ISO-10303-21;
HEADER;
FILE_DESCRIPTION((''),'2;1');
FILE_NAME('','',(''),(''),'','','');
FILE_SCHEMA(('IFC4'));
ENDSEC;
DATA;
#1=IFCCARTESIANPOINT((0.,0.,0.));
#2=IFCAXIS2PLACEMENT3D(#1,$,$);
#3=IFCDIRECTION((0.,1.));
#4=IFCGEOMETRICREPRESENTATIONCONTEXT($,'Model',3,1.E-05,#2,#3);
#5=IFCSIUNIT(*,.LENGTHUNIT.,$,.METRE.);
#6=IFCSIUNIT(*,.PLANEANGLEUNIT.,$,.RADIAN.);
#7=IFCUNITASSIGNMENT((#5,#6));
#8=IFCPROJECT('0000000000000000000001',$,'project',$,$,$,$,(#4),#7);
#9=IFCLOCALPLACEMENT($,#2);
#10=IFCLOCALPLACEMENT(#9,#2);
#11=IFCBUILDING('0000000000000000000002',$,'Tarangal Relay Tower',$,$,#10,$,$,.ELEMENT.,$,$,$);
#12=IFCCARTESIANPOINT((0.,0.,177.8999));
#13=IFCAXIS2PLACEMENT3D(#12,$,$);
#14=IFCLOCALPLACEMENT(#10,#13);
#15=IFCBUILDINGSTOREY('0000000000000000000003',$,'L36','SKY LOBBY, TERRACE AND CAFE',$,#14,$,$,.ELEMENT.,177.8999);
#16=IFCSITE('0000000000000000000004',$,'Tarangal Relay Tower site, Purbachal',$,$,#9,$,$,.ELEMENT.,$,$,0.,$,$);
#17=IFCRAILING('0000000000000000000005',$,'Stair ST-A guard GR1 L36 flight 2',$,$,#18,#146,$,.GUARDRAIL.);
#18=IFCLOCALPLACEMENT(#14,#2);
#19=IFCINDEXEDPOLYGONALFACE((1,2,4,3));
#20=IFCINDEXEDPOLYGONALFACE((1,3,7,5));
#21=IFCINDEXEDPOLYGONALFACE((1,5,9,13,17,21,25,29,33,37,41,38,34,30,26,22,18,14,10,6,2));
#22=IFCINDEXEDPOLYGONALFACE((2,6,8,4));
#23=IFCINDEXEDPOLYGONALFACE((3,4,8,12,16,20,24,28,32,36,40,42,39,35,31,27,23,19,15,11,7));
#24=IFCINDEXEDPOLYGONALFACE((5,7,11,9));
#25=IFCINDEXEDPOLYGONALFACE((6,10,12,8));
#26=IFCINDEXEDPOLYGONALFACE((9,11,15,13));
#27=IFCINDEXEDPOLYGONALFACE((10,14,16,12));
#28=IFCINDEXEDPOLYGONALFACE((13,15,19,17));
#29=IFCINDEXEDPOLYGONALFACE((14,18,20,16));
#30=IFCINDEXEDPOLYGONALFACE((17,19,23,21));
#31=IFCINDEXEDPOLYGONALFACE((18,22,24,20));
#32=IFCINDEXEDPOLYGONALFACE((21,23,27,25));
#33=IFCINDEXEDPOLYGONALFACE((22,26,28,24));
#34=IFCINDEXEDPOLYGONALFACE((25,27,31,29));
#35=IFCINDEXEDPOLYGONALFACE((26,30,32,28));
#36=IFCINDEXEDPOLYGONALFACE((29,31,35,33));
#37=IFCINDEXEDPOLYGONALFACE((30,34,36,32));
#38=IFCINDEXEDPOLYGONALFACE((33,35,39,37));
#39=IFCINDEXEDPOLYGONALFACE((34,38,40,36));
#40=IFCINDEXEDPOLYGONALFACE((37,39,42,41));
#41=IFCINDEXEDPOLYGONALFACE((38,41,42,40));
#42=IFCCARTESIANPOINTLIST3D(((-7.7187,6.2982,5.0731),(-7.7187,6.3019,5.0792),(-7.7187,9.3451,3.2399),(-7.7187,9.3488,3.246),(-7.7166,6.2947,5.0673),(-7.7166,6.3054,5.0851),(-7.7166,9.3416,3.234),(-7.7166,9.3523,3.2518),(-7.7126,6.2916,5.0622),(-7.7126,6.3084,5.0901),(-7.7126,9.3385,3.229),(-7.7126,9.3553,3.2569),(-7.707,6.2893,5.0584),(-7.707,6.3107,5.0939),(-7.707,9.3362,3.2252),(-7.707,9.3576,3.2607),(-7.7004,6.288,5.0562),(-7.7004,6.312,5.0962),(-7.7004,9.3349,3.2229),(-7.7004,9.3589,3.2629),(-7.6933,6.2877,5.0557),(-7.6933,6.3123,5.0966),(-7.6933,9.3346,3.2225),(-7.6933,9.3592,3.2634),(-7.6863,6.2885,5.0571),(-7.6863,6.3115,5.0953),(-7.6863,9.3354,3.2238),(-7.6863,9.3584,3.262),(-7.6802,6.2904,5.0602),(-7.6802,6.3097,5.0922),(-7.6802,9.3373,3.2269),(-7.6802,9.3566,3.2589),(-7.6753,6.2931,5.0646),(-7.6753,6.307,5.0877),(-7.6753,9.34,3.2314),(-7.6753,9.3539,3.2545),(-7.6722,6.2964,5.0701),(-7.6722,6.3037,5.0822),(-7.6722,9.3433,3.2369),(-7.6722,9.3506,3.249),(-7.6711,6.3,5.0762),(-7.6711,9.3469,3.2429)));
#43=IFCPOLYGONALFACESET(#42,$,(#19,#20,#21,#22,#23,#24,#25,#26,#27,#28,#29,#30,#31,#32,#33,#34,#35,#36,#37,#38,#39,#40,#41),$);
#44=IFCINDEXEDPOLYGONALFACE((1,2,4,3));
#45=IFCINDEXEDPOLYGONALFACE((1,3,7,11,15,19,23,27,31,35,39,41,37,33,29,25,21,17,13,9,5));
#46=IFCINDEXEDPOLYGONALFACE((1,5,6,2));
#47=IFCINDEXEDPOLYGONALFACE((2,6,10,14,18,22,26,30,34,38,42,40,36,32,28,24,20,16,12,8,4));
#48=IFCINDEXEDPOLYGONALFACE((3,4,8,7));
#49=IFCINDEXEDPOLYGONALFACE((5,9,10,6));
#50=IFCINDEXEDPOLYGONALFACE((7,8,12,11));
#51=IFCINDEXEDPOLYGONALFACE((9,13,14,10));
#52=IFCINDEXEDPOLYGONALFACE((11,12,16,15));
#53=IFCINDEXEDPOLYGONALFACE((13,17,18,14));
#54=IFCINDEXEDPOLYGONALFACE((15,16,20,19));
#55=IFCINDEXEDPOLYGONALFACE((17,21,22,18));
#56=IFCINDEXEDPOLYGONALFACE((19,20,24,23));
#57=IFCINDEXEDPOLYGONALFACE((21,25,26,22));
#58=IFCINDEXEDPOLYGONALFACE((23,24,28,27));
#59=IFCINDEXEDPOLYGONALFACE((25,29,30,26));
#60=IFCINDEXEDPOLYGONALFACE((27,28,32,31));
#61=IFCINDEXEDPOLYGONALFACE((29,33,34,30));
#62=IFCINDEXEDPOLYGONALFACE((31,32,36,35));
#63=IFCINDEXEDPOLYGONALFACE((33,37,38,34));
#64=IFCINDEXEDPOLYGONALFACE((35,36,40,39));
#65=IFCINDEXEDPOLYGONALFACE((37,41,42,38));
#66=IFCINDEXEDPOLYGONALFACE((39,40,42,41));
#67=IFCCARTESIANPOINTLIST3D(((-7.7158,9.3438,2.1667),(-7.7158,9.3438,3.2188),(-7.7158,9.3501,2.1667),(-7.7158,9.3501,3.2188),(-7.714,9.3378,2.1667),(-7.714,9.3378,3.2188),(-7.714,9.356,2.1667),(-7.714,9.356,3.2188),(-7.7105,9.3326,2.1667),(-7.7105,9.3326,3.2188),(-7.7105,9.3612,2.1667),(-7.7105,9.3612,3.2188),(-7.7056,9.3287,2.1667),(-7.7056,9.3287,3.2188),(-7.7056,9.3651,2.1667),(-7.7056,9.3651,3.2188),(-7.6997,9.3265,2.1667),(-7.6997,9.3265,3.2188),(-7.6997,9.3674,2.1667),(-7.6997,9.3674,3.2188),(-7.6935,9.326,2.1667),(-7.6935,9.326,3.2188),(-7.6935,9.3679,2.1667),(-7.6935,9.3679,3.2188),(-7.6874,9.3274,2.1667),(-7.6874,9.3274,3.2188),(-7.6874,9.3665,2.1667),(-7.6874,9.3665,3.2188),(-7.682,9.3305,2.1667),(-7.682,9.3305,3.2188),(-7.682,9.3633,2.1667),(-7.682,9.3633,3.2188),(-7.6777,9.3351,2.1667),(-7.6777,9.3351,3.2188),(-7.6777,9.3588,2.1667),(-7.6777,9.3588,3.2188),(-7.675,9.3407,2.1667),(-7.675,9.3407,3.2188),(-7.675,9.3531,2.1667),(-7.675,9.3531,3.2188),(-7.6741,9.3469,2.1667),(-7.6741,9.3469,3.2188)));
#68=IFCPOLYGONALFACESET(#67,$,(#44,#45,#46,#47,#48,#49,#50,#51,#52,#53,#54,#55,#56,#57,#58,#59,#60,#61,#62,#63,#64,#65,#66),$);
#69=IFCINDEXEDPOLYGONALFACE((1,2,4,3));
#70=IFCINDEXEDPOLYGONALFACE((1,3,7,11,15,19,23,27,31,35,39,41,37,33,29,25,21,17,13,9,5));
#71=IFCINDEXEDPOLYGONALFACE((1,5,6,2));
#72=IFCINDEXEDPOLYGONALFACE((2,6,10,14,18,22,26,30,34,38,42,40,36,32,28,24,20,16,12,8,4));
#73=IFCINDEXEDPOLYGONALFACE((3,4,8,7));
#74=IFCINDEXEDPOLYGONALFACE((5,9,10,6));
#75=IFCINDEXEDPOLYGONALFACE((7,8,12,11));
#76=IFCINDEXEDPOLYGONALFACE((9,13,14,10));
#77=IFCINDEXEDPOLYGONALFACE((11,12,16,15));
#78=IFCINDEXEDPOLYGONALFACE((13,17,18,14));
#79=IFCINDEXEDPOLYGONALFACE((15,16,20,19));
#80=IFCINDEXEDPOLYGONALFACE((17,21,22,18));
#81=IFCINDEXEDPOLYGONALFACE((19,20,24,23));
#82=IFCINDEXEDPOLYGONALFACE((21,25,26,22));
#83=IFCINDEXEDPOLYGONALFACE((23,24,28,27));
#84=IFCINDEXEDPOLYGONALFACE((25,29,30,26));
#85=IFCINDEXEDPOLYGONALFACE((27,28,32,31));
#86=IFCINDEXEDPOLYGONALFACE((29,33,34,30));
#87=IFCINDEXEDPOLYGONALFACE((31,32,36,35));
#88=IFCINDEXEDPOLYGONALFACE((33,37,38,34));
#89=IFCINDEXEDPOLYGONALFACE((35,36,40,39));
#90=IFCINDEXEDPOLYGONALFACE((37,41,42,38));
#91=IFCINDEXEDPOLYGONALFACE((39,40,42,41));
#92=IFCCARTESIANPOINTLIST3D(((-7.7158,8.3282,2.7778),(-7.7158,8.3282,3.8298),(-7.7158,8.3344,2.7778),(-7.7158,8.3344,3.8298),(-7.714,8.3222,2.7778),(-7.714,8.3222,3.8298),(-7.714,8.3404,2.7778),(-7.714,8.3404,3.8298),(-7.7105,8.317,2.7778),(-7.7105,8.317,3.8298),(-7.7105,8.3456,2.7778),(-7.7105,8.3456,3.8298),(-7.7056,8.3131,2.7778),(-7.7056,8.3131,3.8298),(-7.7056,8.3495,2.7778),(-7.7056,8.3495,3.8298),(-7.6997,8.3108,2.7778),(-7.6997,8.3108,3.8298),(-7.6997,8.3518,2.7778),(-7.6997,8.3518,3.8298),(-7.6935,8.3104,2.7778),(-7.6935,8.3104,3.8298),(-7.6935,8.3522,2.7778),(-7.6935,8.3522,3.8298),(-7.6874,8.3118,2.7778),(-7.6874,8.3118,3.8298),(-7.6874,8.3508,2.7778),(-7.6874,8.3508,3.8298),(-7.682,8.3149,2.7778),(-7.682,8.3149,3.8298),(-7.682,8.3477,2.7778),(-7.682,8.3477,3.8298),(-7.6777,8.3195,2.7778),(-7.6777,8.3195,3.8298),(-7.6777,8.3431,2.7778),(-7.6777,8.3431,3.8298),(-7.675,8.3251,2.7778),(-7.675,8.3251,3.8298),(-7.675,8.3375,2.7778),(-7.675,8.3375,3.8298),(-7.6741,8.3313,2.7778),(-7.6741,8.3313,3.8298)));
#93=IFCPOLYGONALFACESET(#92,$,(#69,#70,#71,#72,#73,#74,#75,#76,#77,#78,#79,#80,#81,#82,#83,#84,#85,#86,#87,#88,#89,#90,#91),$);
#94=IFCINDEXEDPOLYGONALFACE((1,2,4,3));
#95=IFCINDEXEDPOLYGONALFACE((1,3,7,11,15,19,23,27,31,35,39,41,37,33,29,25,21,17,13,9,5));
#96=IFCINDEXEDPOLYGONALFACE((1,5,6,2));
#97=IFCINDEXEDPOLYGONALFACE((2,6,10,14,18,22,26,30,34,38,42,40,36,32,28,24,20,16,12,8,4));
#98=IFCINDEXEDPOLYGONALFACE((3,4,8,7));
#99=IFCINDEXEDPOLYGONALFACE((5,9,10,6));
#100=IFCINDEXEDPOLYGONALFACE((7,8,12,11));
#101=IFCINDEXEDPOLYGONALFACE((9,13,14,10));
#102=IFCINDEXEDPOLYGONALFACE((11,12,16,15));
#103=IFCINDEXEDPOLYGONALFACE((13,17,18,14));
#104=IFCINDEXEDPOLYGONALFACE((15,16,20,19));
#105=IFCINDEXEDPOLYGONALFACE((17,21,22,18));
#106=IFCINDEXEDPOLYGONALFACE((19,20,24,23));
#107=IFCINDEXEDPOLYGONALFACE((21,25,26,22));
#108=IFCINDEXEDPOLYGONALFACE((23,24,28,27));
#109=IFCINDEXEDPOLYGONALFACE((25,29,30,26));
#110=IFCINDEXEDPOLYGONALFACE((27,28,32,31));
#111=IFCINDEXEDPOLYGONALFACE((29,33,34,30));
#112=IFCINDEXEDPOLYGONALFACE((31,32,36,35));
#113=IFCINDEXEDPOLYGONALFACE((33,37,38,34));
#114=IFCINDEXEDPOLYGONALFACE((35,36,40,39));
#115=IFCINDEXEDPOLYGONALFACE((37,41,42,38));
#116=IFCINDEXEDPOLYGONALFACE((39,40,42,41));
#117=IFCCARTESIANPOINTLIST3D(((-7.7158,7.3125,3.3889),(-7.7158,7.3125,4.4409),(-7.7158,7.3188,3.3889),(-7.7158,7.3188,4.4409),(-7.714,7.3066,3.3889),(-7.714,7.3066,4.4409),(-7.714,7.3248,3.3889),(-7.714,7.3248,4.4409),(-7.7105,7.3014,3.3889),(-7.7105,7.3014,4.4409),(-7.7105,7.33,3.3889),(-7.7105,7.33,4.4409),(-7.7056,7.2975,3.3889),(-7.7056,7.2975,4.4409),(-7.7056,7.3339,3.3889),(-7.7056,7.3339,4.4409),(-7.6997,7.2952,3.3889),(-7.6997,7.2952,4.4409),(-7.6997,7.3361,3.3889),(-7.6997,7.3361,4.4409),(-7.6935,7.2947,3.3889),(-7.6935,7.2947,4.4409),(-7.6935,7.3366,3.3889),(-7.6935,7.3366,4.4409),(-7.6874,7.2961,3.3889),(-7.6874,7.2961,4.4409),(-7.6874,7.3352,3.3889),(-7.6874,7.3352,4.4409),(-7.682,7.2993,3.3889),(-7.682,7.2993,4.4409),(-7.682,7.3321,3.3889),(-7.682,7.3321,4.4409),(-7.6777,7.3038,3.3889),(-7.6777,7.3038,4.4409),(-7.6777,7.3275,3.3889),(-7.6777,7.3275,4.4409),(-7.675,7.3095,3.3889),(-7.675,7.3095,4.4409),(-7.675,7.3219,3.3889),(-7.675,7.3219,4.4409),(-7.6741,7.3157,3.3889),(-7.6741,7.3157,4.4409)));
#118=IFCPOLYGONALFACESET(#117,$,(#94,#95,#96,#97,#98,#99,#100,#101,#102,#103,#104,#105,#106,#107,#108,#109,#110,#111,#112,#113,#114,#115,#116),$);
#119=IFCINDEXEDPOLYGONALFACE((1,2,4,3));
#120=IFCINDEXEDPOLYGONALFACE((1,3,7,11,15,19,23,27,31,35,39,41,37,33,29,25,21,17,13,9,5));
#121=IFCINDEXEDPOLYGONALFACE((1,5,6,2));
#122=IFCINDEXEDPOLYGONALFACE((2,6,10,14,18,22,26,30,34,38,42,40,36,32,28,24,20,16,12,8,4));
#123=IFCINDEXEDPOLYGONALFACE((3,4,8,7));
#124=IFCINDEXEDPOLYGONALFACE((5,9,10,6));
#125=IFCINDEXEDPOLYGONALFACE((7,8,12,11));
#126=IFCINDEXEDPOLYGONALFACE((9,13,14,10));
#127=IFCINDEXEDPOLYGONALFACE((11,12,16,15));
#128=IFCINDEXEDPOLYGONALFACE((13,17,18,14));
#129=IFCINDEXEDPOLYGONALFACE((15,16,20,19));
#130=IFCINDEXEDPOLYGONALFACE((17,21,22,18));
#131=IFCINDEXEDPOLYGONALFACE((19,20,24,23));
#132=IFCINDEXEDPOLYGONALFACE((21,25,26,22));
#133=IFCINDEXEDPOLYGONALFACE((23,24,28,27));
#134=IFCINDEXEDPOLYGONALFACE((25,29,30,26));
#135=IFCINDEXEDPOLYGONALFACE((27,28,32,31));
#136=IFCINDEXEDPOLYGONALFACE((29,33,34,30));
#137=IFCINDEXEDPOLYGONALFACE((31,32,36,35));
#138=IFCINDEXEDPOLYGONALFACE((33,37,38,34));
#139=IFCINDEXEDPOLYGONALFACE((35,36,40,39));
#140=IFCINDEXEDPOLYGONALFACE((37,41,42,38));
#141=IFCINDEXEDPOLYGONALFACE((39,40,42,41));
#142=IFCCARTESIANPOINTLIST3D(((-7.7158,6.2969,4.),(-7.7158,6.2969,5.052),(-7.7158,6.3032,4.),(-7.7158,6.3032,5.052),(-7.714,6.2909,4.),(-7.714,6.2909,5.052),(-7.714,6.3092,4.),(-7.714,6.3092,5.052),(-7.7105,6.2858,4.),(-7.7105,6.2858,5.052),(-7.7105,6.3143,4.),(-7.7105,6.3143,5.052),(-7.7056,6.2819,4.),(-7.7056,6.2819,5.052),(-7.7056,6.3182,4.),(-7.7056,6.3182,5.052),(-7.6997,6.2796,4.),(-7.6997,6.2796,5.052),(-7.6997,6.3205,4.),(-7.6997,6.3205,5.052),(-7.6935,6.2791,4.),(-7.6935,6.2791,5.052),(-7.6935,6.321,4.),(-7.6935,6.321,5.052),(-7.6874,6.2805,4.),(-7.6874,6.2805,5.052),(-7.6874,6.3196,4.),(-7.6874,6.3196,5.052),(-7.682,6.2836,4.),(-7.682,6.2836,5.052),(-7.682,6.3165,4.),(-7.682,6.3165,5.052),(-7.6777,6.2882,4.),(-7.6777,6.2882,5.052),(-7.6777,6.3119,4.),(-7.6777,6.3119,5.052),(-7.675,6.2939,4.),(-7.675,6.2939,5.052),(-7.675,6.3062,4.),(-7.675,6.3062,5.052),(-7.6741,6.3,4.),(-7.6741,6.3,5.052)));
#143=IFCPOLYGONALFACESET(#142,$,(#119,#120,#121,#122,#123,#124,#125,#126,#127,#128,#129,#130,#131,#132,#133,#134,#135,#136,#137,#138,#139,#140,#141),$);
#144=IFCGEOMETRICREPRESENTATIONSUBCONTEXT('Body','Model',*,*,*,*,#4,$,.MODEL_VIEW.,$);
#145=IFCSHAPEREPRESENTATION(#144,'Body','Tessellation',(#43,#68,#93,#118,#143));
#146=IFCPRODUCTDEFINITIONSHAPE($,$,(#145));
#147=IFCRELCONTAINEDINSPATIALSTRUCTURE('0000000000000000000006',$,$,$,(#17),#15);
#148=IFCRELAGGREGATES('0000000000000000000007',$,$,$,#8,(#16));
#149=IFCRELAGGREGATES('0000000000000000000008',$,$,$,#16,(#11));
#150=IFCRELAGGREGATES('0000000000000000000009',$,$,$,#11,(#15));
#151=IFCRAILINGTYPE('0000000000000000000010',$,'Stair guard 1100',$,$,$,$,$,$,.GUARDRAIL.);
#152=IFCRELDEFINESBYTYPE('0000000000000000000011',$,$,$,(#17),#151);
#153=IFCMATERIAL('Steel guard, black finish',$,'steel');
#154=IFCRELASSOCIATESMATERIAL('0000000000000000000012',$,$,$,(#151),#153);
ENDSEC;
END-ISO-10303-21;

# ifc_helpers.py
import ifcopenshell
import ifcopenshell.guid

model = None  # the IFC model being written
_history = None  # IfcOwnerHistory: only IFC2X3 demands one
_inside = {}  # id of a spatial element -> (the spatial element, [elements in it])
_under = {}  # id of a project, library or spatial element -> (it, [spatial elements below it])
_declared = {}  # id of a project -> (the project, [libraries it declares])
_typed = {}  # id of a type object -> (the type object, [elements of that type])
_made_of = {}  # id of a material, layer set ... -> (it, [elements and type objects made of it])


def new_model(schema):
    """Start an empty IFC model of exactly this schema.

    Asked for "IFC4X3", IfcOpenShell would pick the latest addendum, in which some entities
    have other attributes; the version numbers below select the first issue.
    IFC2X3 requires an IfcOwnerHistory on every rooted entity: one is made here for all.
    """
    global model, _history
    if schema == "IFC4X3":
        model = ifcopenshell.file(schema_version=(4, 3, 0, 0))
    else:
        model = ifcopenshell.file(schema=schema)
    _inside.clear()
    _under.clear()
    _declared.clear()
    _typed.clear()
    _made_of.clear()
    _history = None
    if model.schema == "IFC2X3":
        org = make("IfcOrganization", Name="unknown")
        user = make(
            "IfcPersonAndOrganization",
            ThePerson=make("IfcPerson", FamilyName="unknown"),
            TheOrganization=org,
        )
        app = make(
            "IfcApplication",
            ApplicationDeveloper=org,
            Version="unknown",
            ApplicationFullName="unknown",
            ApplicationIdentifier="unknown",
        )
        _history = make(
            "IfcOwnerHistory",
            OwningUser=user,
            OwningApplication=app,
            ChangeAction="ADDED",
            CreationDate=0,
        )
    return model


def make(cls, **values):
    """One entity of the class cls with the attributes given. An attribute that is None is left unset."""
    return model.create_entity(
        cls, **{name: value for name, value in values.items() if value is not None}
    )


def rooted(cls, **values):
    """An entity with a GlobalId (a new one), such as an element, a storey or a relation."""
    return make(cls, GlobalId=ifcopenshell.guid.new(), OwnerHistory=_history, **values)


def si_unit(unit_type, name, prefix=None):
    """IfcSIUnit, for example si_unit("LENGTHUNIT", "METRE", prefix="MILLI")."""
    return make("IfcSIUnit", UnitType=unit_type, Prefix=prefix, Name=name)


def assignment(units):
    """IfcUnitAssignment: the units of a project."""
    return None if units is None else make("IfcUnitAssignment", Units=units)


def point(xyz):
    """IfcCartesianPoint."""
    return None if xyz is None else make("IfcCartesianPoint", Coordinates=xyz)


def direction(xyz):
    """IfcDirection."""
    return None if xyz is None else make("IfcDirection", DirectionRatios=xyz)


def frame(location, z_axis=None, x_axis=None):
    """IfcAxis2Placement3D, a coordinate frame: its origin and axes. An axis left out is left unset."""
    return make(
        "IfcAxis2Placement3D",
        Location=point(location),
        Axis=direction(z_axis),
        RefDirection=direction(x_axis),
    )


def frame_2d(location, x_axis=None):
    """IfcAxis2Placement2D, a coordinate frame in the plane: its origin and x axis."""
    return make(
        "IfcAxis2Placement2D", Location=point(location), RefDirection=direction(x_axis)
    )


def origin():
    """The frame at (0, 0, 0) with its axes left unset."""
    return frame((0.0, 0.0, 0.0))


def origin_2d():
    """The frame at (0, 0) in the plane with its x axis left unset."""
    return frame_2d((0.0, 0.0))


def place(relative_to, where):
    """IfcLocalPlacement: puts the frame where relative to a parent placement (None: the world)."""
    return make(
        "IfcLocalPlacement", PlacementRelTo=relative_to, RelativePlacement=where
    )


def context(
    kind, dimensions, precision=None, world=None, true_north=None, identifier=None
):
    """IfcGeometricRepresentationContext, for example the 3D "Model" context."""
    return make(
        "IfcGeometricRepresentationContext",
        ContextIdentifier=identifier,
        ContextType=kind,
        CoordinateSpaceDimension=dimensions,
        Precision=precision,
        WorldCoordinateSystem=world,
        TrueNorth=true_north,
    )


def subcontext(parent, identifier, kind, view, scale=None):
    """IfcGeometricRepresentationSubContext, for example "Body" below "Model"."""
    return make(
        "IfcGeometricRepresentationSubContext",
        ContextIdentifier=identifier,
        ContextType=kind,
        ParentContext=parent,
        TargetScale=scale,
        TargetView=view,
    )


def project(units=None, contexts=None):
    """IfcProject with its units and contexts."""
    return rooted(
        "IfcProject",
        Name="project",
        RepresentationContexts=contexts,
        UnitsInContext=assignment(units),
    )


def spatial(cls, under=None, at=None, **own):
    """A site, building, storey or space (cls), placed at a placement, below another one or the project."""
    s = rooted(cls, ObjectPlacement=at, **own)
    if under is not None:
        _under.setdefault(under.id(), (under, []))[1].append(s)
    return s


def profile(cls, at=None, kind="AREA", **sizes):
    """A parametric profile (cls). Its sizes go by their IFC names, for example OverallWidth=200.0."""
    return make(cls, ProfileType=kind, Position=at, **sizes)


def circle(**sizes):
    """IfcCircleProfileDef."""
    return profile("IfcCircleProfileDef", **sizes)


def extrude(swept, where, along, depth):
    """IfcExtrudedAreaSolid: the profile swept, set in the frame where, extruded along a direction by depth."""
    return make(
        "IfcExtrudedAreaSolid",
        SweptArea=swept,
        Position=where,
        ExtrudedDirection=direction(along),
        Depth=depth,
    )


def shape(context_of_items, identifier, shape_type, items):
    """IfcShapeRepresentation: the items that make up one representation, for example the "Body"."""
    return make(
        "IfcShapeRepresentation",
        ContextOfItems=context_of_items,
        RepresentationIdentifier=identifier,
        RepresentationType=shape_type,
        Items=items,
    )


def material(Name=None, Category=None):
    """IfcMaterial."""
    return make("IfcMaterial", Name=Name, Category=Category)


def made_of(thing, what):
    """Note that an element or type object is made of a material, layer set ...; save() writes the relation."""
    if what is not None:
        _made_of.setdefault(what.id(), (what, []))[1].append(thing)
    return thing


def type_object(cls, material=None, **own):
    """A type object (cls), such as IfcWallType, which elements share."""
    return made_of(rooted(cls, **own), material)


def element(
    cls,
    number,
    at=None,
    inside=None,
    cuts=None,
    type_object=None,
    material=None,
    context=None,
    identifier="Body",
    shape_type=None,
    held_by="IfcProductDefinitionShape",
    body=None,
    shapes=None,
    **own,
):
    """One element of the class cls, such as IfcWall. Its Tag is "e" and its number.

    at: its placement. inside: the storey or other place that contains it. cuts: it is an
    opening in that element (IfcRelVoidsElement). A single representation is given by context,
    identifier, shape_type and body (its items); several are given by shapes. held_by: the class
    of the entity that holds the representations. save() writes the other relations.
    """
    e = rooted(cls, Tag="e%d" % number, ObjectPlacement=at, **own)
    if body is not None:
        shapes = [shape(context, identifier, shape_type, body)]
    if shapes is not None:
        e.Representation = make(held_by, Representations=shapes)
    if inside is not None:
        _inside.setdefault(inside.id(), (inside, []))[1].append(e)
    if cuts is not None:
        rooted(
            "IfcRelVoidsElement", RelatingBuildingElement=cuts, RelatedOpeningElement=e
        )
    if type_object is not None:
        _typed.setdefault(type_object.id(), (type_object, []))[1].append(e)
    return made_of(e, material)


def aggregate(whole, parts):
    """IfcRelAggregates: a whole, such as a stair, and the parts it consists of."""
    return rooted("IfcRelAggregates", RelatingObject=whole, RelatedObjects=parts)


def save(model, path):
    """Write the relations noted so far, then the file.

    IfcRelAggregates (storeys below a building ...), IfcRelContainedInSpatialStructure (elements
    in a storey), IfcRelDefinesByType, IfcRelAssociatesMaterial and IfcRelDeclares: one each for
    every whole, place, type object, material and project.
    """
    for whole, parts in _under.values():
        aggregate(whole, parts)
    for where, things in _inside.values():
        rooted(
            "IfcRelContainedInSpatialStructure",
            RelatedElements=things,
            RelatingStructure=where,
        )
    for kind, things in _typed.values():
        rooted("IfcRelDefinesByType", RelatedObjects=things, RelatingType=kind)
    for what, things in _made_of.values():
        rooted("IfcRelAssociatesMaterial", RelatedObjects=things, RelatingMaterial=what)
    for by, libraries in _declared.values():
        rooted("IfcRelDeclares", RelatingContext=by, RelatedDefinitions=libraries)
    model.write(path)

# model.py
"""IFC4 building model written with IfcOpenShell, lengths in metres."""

from ifc_helpers import new_model, si_unit, direction, frame, origin, origin_2d, place, context, subcontext, project, spatial, circle, extrude, material, type_object, element, save


model = new_model("IFC4")

# Units and contexts
model_context = context("Model", 3, precision=1e-05, world=origin(), true_north=direction((0.0, 1.0)))
body_context = subcontext(model_context, "Body", "Model", "MODEL_VIEW")
ifc_project = project(units=[si_unit("LENGTHUNIT", "METRE"), si_unit("PLANEANGLEUNIT", "RADIAN")], contexts=[model_context])

# Site, building, storey
site_placement = place(None, origin())
site = spatial("IfcSite", under=ifc_project, at=site_placement, Name="Tarangal Relay Tower site, Purbachal", CompositionType="ELEMENT", RefElevation=0.0)
building_placement = place(site_placement, origin())
building = spatial("IfcBuilding", under=site, at=building_placement, Name="Tarangal Relay Tower", CompositionType="ELEMENT")
storey_placement = place(building_placement, frame((0.0, 0.0, 177.8999)))
storey = spatial("IfcBuildingStorey", under=building, at=storey_placement, Name="L36", Description="SKY LOBBY, TERRACE AND CAFE", CompositionType="ELEMENT", Elevation=177.8999)

# Railing
ifc_material_1 = material(Name="Steel guard, black finish", Category="steel")
railing_type_1 = type_object("IfcRailingType", Name="Stair guard 1100", PredefinedType="GUARDRAIL", material=ifc_material_1)
railing_1_placement = place(storey_placement, frame((-7.6951, 9.3469, 2.1667)))
element("IfcRailing", 1, at=railing_1_placement, inside=storey, type_object=railing_type_1, Name="Stair ST-A guard GR1 L36 flight 2", PredefinedType="GUARDRAIL", context=body_context, shape_type="SweptSolid", body=[
    extrude(circle(Radius=0.0239, at=origin_2d()), frame((0.0, 0.0, 1.0762), z_axis=(0.0, -0.856856, 0.515556), x_axis=(1.0, 0.0, 0.0)), (0.0, 0.0, 1.0), 3.5559),
    extrude(circle(Radius=0.021, at=origin_2d()), origin(), (0.0, 0.0, 1.0), 1.052),
    extrude(circle(Radius=0.021, at=origin_2d()), frame((0.0, -1.0156, 0.6111)), (0.0, 0.0, 1.0), 1.052),
    extrude(circle(Radius=0.021, at=origin_2d()), frame((0.0, -2.0312, 1.2222)), (0.0, 0.0, 1.0), 1.052),
    extrude(circle(Radius=0.021, at=origin_2d()), frame((0.0, -3.0469, 1.8333)), (0.0, 0.0, 1.0), 1.052),
])

save(model, "model.ifc")
